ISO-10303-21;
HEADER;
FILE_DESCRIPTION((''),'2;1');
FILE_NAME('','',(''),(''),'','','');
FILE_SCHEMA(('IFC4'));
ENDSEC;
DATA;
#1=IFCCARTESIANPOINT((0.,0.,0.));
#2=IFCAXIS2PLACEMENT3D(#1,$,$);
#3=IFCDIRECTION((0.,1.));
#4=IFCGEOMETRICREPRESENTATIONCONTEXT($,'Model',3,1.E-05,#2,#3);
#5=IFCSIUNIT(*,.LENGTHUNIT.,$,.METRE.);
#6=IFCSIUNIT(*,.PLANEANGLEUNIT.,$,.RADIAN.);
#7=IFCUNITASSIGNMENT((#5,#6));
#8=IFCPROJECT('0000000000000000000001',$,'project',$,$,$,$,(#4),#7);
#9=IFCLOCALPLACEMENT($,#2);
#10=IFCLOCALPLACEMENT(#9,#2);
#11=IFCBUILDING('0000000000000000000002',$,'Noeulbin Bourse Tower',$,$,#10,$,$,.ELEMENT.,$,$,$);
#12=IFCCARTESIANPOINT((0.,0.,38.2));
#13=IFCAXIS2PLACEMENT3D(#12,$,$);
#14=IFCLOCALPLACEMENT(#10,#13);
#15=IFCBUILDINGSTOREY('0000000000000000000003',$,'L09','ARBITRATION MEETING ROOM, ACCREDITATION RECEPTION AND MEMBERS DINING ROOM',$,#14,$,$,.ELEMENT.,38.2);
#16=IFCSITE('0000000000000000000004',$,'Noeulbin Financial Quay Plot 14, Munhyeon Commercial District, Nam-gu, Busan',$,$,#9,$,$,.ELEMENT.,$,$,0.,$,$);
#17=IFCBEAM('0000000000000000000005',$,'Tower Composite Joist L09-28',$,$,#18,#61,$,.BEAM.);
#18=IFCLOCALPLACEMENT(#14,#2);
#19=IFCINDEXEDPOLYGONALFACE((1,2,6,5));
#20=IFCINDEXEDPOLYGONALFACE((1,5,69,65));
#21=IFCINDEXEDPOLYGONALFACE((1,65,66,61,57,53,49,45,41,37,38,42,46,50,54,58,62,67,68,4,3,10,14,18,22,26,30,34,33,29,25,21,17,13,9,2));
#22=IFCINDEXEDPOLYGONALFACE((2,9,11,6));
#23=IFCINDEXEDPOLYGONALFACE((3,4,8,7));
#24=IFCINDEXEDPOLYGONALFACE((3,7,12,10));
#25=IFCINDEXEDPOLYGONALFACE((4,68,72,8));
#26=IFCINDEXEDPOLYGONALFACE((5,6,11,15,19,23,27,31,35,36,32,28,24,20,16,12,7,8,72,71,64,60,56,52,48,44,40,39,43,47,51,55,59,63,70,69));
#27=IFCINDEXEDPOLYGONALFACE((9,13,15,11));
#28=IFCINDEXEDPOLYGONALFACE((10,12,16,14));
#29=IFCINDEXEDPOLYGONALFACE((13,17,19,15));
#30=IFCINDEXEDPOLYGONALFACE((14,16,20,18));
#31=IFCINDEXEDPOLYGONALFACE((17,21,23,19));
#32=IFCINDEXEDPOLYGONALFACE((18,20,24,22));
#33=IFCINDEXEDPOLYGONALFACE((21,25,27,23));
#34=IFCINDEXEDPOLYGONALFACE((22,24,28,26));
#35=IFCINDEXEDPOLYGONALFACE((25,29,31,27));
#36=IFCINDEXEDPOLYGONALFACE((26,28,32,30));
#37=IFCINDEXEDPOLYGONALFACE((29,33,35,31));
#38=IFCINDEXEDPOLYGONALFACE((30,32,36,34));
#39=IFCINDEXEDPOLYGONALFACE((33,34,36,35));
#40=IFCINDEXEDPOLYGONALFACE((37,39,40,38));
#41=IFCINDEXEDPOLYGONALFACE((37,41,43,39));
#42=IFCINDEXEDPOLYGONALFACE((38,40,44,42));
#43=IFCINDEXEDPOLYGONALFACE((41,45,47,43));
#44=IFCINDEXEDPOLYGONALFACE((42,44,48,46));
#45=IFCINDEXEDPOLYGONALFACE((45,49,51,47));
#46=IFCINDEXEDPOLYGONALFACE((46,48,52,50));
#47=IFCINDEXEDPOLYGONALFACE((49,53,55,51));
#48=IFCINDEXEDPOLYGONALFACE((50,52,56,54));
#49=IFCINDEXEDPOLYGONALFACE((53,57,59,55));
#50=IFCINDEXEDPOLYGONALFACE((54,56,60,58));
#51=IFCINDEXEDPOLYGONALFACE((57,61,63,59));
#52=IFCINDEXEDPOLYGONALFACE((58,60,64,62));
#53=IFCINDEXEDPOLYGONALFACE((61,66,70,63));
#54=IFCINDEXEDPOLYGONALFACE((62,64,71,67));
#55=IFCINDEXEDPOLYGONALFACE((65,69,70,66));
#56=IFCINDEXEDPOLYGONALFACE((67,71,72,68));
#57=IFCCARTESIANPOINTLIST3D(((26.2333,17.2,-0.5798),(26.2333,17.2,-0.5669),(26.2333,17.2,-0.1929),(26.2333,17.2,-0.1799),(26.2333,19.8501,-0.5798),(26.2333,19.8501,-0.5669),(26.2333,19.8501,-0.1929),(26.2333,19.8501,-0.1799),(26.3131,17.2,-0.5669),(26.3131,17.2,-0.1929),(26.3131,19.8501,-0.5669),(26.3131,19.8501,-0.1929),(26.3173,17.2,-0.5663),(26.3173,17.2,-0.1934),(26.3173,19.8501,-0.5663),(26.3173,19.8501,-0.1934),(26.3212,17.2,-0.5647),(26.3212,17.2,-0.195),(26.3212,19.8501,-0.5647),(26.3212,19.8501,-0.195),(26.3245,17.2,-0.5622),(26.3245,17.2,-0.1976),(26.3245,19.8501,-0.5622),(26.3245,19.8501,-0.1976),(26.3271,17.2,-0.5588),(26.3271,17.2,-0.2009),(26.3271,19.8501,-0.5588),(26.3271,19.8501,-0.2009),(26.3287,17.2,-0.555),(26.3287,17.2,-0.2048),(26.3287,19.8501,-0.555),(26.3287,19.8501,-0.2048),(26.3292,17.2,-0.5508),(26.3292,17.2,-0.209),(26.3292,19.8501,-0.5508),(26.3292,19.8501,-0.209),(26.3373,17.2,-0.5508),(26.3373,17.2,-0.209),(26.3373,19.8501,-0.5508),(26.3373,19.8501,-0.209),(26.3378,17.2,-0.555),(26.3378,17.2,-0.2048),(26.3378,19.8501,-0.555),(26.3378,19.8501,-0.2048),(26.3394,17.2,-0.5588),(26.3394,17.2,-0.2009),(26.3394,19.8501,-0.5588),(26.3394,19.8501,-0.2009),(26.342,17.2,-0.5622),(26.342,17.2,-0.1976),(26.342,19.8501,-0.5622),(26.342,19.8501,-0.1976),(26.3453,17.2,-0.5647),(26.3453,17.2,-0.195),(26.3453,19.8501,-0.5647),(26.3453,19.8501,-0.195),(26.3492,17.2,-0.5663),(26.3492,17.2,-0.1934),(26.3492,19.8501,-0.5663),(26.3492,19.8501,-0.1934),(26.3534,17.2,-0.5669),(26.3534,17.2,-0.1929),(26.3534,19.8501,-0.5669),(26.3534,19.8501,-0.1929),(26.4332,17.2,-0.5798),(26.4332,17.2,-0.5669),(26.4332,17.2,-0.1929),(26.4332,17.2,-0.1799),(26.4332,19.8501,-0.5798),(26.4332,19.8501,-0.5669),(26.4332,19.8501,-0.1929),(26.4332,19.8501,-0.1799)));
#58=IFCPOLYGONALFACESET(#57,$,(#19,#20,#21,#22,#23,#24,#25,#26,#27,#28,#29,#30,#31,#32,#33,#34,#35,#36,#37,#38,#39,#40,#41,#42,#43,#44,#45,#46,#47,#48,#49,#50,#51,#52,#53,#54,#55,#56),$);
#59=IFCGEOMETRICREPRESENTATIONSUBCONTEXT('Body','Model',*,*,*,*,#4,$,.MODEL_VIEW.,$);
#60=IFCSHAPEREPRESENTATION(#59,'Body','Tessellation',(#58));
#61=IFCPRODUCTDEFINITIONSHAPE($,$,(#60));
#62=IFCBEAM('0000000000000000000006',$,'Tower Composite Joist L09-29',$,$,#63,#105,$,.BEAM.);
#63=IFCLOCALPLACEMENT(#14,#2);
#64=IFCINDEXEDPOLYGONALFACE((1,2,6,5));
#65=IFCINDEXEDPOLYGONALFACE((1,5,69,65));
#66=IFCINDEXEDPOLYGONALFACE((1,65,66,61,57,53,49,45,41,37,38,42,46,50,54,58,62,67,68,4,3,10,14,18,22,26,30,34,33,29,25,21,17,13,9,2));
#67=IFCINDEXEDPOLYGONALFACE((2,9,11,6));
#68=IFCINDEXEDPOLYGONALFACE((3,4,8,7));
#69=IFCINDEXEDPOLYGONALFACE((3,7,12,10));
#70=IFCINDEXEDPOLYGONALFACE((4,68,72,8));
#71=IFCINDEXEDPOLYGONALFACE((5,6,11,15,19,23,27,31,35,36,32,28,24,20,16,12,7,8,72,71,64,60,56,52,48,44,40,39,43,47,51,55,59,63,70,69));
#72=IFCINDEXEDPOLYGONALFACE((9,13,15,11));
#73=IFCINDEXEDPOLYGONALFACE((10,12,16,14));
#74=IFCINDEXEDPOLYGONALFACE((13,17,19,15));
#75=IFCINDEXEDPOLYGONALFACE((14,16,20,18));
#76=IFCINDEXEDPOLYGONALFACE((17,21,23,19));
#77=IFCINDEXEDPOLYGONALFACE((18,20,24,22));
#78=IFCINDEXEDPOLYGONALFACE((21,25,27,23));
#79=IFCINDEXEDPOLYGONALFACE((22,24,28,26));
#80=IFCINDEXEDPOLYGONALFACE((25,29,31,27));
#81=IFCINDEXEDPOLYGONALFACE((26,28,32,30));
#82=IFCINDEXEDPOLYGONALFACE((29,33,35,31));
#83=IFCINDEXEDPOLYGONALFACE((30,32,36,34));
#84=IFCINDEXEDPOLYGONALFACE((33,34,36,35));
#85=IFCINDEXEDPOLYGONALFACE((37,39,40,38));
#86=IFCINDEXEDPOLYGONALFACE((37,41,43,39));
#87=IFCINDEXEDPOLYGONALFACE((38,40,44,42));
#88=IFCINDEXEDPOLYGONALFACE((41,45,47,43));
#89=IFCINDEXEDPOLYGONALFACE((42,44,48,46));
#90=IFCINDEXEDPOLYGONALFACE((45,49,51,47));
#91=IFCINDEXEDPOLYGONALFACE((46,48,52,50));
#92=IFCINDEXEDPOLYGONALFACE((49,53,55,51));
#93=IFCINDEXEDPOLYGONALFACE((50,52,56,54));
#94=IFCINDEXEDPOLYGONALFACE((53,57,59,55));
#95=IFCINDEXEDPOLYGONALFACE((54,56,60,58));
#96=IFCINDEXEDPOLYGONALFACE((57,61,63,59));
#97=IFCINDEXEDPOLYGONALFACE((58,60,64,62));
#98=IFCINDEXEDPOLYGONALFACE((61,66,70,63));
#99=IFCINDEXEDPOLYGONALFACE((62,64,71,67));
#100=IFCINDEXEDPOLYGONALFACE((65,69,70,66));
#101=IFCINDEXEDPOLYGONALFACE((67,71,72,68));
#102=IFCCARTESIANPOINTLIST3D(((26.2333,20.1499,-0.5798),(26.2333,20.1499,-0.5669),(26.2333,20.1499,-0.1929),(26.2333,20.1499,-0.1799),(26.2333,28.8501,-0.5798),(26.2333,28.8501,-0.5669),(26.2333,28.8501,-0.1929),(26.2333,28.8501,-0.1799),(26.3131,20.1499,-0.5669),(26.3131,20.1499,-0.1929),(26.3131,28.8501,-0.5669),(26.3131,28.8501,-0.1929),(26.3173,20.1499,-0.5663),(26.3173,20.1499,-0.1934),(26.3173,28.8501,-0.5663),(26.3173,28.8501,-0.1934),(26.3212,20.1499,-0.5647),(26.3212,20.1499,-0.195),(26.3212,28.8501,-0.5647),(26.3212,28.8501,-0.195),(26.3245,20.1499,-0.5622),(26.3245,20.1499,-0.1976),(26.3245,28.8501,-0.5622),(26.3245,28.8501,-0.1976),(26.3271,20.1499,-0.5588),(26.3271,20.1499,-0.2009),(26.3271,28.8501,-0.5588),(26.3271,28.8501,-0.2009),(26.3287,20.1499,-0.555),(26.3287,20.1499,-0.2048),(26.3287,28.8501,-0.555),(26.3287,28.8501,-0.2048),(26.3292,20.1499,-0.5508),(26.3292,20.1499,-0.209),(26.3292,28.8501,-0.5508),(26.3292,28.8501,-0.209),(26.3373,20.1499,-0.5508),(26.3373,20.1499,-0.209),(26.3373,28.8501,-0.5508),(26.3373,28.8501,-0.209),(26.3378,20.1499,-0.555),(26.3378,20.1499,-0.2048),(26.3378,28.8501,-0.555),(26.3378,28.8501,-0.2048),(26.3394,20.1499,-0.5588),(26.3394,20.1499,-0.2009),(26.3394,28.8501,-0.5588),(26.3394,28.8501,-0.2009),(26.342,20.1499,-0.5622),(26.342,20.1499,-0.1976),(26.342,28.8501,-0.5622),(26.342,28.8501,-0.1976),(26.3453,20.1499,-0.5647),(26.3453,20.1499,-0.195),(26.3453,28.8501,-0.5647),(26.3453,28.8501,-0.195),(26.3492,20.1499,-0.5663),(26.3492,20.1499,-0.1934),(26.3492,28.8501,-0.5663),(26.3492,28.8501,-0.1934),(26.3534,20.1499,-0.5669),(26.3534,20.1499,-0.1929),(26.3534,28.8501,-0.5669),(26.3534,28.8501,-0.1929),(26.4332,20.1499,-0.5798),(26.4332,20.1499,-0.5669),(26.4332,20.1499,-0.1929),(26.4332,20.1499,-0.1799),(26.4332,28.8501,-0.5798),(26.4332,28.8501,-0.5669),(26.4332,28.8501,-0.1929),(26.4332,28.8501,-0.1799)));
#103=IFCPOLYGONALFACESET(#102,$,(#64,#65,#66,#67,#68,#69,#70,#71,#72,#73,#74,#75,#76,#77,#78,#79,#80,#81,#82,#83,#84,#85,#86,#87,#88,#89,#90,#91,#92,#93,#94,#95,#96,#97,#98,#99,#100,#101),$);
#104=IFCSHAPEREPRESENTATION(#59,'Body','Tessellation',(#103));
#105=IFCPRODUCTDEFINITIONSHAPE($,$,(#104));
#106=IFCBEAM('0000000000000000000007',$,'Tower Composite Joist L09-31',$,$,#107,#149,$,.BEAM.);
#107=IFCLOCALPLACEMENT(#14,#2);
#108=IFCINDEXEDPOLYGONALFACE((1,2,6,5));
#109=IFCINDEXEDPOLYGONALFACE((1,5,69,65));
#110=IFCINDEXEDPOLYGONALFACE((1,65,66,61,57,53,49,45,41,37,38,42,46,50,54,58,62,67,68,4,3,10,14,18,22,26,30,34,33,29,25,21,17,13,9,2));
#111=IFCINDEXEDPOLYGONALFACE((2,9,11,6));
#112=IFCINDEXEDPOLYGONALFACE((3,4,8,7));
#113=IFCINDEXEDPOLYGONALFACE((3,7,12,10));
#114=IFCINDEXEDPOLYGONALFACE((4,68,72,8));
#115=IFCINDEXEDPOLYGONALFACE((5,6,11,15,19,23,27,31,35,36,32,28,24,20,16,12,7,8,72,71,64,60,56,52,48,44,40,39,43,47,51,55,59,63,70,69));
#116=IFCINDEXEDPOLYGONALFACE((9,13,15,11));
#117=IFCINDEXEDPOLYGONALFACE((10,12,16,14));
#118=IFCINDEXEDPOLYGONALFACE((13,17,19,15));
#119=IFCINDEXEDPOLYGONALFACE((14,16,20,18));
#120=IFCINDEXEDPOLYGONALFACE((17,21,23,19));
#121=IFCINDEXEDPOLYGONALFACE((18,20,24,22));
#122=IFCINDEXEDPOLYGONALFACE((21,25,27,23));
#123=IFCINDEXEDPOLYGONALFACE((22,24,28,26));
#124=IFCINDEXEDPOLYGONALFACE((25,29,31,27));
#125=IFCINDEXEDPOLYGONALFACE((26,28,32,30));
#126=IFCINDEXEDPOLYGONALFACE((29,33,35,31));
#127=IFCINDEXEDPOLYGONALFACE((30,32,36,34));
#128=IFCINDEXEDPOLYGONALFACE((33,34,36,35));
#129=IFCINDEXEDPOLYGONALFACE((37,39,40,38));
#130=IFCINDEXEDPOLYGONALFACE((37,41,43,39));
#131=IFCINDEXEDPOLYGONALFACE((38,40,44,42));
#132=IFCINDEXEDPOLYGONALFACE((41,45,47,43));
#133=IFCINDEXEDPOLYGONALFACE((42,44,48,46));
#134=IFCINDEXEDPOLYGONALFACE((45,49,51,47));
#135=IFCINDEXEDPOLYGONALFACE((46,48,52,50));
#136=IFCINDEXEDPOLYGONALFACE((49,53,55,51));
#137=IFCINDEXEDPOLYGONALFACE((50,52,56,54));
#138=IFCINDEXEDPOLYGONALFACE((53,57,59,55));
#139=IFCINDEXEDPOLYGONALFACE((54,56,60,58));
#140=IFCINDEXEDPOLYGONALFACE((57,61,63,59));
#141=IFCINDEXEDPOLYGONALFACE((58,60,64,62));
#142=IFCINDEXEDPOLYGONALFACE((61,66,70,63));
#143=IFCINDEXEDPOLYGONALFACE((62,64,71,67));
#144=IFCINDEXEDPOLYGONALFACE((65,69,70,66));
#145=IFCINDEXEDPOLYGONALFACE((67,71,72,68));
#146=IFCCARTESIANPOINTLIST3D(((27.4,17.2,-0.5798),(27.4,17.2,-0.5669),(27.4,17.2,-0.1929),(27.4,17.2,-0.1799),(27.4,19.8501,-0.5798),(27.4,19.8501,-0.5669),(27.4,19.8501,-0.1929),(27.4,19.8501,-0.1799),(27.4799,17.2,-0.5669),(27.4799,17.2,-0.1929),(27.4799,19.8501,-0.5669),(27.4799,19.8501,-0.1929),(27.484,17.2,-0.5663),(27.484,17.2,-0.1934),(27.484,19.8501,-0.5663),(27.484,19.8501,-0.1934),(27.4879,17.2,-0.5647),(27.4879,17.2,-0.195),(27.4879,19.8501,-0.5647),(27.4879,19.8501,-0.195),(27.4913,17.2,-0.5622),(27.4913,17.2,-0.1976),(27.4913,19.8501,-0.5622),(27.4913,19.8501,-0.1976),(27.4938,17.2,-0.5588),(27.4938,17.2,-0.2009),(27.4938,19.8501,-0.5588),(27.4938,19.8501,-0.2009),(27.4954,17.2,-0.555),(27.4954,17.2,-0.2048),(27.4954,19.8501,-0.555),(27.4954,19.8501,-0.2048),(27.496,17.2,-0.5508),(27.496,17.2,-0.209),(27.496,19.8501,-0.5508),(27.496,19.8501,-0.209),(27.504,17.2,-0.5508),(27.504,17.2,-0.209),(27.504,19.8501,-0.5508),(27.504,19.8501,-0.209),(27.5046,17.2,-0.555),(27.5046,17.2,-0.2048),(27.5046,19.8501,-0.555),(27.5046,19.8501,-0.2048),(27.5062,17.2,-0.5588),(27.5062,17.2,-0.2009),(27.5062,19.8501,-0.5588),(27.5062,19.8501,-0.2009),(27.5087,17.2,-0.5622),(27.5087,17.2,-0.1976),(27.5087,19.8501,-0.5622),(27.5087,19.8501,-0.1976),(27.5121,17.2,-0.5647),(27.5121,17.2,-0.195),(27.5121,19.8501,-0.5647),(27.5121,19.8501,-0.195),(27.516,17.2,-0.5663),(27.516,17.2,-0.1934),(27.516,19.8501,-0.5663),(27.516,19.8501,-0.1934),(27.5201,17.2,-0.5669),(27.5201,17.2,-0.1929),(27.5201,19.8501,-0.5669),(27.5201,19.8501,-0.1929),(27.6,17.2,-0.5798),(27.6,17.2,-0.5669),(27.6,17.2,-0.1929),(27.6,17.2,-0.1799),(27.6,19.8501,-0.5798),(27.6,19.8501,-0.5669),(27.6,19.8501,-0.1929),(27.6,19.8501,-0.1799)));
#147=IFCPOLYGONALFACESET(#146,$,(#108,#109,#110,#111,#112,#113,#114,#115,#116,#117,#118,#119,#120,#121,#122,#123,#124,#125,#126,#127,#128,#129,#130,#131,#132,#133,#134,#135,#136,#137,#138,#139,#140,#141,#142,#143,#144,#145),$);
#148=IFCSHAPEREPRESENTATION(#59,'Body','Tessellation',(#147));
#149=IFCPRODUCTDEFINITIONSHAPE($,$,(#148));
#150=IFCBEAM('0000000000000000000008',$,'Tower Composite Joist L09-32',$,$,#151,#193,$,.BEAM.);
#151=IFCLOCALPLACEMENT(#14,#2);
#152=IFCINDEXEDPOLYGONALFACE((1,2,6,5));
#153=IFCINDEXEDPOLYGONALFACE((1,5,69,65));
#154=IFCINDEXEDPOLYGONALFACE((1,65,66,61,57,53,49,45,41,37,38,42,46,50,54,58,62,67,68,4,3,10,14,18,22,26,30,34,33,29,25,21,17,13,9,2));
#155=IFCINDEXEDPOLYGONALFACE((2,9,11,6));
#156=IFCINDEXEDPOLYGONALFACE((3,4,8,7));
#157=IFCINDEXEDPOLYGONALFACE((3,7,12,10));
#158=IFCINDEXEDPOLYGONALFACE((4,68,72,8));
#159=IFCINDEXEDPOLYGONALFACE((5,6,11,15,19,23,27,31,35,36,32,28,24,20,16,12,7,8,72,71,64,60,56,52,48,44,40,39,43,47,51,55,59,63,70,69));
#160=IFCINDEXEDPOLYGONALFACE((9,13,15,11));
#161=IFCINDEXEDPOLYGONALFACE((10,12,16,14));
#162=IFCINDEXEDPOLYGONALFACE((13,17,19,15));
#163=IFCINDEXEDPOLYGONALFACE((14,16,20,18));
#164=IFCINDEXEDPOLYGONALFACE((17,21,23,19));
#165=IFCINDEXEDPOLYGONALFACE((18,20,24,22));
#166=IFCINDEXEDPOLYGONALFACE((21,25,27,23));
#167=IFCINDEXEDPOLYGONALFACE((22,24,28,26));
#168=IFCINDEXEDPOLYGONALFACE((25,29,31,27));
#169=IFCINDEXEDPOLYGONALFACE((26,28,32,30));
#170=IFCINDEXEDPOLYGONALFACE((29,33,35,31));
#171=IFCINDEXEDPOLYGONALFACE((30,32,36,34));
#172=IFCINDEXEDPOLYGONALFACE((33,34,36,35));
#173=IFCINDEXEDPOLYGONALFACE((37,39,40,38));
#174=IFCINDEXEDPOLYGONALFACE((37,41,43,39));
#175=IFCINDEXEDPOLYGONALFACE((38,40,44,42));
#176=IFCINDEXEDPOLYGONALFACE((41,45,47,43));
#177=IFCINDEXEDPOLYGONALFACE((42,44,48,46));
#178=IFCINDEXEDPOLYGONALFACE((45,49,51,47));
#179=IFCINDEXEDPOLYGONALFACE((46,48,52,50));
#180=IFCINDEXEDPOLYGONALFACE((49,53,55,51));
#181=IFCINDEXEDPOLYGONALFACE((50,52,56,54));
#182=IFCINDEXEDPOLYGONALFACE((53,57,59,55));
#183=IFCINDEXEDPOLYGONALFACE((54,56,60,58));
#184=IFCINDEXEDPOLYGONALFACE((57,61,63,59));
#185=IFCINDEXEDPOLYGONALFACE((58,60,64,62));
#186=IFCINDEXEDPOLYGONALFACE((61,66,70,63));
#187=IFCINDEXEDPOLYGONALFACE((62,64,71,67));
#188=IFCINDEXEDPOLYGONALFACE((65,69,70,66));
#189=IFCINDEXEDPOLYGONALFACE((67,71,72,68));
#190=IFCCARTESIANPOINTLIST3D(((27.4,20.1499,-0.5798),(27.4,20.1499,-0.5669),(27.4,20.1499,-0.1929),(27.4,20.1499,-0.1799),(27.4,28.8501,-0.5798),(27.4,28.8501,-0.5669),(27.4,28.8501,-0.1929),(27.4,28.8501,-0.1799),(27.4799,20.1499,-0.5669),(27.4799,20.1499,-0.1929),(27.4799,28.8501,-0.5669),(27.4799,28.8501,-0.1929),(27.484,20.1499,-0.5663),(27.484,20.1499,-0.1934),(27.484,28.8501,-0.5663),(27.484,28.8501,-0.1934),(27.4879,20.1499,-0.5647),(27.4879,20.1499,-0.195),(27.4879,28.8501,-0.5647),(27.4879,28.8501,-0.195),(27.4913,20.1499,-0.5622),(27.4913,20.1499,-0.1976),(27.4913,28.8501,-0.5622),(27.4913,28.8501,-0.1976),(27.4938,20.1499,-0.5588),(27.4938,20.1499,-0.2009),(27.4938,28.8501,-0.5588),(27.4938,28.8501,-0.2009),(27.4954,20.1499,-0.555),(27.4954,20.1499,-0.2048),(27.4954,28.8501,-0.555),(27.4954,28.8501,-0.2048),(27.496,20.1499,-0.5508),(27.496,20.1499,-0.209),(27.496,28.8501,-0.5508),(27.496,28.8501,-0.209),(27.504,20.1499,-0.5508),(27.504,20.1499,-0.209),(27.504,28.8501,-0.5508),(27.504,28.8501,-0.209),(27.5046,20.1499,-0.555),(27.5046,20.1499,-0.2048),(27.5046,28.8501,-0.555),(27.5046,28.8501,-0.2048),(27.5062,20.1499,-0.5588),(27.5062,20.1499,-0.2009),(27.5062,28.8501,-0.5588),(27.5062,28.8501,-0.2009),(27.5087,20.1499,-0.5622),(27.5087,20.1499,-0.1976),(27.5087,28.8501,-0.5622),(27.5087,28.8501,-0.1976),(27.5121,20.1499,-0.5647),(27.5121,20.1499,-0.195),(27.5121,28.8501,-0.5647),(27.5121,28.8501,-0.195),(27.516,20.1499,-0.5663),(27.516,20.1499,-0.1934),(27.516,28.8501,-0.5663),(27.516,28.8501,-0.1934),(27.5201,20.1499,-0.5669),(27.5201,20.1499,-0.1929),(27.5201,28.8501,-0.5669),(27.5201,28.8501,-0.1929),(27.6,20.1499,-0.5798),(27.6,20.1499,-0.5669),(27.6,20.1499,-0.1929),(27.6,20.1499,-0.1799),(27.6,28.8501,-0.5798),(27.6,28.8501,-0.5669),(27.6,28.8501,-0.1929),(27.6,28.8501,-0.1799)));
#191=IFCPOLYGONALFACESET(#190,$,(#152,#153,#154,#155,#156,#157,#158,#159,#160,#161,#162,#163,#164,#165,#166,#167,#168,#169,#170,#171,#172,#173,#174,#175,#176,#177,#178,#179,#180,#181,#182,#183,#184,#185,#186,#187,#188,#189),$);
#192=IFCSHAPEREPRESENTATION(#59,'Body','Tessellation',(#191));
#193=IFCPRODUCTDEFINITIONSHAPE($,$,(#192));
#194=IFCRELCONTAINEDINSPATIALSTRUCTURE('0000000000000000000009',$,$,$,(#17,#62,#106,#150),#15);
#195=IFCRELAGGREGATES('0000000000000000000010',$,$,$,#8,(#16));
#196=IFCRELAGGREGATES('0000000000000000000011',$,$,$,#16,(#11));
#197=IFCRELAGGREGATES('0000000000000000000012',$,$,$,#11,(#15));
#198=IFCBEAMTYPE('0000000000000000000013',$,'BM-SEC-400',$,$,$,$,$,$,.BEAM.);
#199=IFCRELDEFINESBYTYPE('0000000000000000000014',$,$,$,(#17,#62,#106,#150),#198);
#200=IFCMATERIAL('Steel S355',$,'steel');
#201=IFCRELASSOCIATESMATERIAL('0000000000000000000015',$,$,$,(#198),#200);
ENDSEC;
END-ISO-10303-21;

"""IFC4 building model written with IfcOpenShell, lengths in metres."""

from ifc_helpers import new_model, si_unit, direction, frame, origin, origin_2d, place, context, subcontext, project, spatial, i_section, extrude, material, material_profile, profile_set, type_object, element, save


model = new_model("IFC4")

# Units and contexts
model_context = context("Model", 3, precision=1e-05, world=origin(), true_north=direction((0.0, 1.0)))
body_context = subcontext(model_context, "Body", "Model", "MODEL_VIEW")
ifc_project = project(units=[si_unit("LENGTHUNIT", "METRE"), si_unit("PLANEANGLEUNIT", "RADIAN")], contexts=[model_context])

# Site, building, storey
site_placement = place(None, origin())
site = spatial("IfcSite", under=ifc_project, at=site_placement, Name="Noeulbin Financial Quay Plot 14, Munhyeon Commercial District, Nam-gu, Busan", CompositionType="ELEMENT", RefElevation=0.0)
building_placement = place(site_placement, origin())
building = spatial("IfcBuilding", under=site, at=building_placement, Name="Noeulbin Bourse Tower", CompositionType="ELEMENT")
storey_placement = place(building_placement, frame((0.0, 0.0, 38.2)))
storey = spatial("IfcBuildingStorey", under=building, at=storey_placement, Name="L09", Description="ARBITRATION MEETING ROOM, ACCREDITATION RECEPTION AND MEMBERS DINING ROOM", CompositionType="ELEMENT", Elevation=38.2)

# Beams
ifc_material_1 = material(Name="Steel S355", Category="steel")
ifc_material_profile_1 = material_profile(ifc_material_1, i_section(OverallWidth=0.2, OverallDepth=0.3999, WebThickness=0.0081, FlangeThickness=0.0129, FilletRadius=0.0161, at=origin_2d()), Name="H-400x200x8x13", Category="LoadBearing")
ifc_profile_set_1 = profile_set([ifc_material_profile_1], Name="Steel S355")
beam_type_1 = type_object("IfcBeamType", Name="BM-SEC-400", PredefinedType="BEAM", material=ifc_profile_set_1)
beam_1_placement = place(storey_placement, frame((26.3333, 17.2, -0.3799), z_axis=(0.0, 1.0, 0.0), x_axis=(-1.0, 0.0, 0.0)))
element("IfcBeam", 1, at=beam_1_placement, inside=storey, type_object=beam_type_1, Name="Tower Composite Joist L09-28", PredefinedType="BEAM", context=body_context, shape_type="SweptSolid", body=[
    extrude(i_section(OverallWidth=0.2, OverallDepth=0.3999, WebThickness=0.0081, FlangeThickness=0.0129, FilletRadius=0.0161, at=origin_2d()), origin(), (0.0, 0.0, 1.0), 2.6501),
])
beam_2_placement = place(storey_placement, frame((26.3333, 20.1499, -0.3799), z_axis=(0.0, 1.0, 0.0), x_axis=(-1.0, 0.0, 0.0)))
element("IfcBeam", 2, at=beam_2_placement, inside=storey, type_object=beam_type_1, Name="Tower Composite Joist L09-29", PredefinedType="BEAM", context=body_context, shape_type="SweptSolid", body=[
    extrude(i_section(OverallWidth=0.2, OverallDepth=0.3999, WebThickness=0.0081, FlangeThickness=0.0129, FilletRadius=0.0161, at=origin_2d()), origin(), (0.0, 0.0, 1.0), 8.7002),
])
beam_3_placement = place(storey_placement, frame((27.5, 17.2, -0.3799), z_axis=(0.0, 1.0, 0.0), x_axis=(-1.0, 0.0, 0.0)))
element("IfcBeam", 3, at=beam_3_placement, inside=storey, type_object=beam_type_1, Name="Tower Composite Joist L09-31", PredefinedType="BEAM", context=body_context, shape_type="SweptSolid", body=[
    extrude(i_section(OverallWidth=0.2, OverallDepth=0.3999, WebThickness=0.0081, FlangeThickness=0.0129, FilletRadius=0.0161, at=origin_2d()), origin(), (0.0, 0.0, 1.0), 2.6501),
])
beam_4_placement = place(storey_placement, frame((27.5, 20.1499, -0.3799), z_axis=(0.0, 1.0, 0.0), x_axis=(-1.0, 0.0, 0.0)))
element("IfcBeam", 4, at=beam_4_placement, inside=storey, type_object=beam_type_1, Name="Tower Composite Joist L09-32", PredefinedType="BEAM", context=body_context, shape_type="SweptSolid", body=[
    extrude(i_section(OverallWidth=0.2, OverallDepth=0.3999, WebThickness=0.0081, FlangeThickness=0.0129, FilletRadius=0.0161, at=origin_2d()), origin(), (0.0, 0.0, 1.0), 8.7002),
])

save(model, "model.ifc")
